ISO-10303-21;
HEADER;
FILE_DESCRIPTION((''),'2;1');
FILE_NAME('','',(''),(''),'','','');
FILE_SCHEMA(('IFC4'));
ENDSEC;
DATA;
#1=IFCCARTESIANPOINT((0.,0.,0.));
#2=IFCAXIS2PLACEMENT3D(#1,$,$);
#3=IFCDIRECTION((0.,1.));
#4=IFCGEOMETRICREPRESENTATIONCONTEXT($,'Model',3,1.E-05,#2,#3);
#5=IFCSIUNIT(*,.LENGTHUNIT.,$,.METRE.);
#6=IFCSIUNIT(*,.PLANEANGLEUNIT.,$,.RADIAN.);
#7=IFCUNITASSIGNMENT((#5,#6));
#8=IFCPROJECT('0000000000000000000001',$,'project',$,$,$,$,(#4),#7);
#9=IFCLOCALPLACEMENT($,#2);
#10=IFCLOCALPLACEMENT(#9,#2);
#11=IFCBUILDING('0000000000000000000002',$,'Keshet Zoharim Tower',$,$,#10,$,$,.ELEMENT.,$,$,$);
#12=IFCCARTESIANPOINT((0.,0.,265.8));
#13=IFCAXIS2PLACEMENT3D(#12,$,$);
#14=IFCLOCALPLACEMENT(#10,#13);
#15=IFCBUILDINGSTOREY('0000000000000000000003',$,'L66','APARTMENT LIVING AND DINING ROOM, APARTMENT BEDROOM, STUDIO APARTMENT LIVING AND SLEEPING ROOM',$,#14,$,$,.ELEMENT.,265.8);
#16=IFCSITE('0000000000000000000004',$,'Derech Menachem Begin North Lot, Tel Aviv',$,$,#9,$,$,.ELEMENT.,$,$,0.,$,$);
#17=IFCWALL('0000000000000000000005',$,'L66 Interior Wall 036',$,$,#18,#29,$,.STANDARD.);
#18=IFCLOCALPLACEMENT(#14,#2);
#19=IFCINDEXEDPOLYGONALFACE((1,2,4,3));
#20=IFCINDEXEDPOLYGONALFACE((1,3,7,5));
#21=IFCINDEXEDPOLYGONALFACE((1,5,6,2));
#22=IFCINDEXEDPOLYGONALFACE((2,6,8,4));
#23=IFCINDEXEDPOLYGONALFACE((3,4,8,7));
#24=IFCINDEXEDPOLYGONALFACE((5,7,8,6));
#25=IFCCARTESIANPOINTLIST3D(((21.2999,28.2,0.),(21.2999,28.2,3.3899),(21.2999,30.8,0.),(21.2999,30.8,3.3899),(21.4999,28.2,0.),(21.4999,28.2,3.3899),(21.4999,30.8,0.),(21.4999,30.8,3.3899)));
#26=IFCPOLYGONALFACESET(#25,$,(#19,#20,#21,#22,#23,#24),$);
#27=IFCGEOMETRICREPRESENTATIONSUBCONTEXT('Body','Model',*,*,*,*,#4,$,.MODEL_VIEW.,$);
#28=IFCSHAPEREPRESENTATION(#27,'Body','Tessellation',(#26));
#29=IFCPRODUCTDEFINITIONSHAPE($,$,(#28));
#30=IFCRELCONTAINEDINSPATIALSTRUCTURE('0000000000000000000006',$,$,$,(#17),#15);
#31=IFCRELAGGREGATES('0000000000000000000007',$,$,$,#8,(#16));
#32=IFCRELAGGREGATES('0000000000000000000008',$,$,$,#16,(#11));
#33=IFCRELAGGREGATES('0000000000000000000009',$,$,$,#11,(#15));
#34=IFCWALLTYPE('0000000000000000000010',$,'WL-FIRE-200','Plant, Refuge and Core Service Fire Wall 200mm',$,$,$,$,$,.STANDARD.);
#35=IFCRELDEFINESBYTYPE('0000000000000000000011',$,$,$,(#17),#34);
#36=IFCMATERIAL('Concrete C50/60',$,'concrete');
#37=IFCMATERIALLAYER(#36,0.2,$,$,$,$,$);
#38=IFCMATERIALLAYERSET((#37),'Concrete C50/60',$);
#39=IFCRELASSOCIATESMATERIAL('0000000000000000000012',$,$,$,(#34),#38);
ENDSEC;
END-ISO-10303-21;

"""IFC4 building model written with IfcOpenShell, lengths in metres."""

from ifc_helpers import new_model, si_unit, direction, frame, frame_2d, origin, place, context, subcontext, project, spatial, rectangle, extrude, material, layer, layer_set, type_object, element, save


model = new_model("IFC4")

# Units and contexts
model_context = context("Model", 3, precision=1e-05, world=origin(), true_north=direction((0.0, 1.0)))
body_context = subcontext(model_context, "Body", "Model", "MODEL_VIEW")
ifc_project = project(units=[si_unit("LENGTHUNIT", "METRE"), si_unit("PLANEANGLEUNIT", "RADIAN")], contexts=[model_context])

# Site, building, storey
site_placement = place(None, origin())
site = spatial("IfcSite", under=ifc_project, at=site_placement, Name="Derech Menachem Begin North Lot, Tel Aviv", CompositionType="ELEMENT", RefElevation=0.0)
building_placement = place(site_placement, origin())
building = spatial("IfcBuilding", under=site, at=building_placement, Name="Keshet Zoharim Tower", CompositionType="ELEMENT")
storey_placement = place(building_placement, frame((0.0, 0.0, 265.8)))
storey = spatial("IfcBuildingStorey", under=building, at=storey_placement, Name="L66", Description="APARTMENT LIVING AND DINING ROOM, APARTMENT BEDROOM, STUDIO APARTMENT LIVING AND SLEEPING ROOM", CompositionType="ELEMENT", Elevation=265.8)

# Wall
ifc_material_1 = material(Name="Concrete C50/60", Category="concrete")
ifc_layer_1 = layer(ifc_material_1, 0.2)
ifc_layer_set_1 = layer_set([ifc_layer_1], Name="Concrete C50/60")
wall_type_1 = type_object("IfcWallType", Name="WL-FIRE-200", Description="Plant, Refuge and Core Service Fire Wall 200mm", PredefinedType="STANDARD", material=ifc_layer_set_1)
wall_1_placement = place(storey_placement, frame((21.3999, 28.2, 0.0), z_axis=(0.0, 0.0, 1.0), x_axis=(0.0, 1.0, 0.0)))
element("IfcWall", 1, at=wall_1_placement, inside=storey, type_object=wall_type_1, Name="L66 Interior Wall 036", PredefinedType="STANDARD", context=body_context, shape_type="SweptSolid", body=[
    extrude(rectangle(XDim=2.6001, YDim=0.2, at=frame_2d((1.3, 0.0))), origin(), (0.0, 0.0, 1.0), 3.3899),
])

save(model, "model.ifc")
